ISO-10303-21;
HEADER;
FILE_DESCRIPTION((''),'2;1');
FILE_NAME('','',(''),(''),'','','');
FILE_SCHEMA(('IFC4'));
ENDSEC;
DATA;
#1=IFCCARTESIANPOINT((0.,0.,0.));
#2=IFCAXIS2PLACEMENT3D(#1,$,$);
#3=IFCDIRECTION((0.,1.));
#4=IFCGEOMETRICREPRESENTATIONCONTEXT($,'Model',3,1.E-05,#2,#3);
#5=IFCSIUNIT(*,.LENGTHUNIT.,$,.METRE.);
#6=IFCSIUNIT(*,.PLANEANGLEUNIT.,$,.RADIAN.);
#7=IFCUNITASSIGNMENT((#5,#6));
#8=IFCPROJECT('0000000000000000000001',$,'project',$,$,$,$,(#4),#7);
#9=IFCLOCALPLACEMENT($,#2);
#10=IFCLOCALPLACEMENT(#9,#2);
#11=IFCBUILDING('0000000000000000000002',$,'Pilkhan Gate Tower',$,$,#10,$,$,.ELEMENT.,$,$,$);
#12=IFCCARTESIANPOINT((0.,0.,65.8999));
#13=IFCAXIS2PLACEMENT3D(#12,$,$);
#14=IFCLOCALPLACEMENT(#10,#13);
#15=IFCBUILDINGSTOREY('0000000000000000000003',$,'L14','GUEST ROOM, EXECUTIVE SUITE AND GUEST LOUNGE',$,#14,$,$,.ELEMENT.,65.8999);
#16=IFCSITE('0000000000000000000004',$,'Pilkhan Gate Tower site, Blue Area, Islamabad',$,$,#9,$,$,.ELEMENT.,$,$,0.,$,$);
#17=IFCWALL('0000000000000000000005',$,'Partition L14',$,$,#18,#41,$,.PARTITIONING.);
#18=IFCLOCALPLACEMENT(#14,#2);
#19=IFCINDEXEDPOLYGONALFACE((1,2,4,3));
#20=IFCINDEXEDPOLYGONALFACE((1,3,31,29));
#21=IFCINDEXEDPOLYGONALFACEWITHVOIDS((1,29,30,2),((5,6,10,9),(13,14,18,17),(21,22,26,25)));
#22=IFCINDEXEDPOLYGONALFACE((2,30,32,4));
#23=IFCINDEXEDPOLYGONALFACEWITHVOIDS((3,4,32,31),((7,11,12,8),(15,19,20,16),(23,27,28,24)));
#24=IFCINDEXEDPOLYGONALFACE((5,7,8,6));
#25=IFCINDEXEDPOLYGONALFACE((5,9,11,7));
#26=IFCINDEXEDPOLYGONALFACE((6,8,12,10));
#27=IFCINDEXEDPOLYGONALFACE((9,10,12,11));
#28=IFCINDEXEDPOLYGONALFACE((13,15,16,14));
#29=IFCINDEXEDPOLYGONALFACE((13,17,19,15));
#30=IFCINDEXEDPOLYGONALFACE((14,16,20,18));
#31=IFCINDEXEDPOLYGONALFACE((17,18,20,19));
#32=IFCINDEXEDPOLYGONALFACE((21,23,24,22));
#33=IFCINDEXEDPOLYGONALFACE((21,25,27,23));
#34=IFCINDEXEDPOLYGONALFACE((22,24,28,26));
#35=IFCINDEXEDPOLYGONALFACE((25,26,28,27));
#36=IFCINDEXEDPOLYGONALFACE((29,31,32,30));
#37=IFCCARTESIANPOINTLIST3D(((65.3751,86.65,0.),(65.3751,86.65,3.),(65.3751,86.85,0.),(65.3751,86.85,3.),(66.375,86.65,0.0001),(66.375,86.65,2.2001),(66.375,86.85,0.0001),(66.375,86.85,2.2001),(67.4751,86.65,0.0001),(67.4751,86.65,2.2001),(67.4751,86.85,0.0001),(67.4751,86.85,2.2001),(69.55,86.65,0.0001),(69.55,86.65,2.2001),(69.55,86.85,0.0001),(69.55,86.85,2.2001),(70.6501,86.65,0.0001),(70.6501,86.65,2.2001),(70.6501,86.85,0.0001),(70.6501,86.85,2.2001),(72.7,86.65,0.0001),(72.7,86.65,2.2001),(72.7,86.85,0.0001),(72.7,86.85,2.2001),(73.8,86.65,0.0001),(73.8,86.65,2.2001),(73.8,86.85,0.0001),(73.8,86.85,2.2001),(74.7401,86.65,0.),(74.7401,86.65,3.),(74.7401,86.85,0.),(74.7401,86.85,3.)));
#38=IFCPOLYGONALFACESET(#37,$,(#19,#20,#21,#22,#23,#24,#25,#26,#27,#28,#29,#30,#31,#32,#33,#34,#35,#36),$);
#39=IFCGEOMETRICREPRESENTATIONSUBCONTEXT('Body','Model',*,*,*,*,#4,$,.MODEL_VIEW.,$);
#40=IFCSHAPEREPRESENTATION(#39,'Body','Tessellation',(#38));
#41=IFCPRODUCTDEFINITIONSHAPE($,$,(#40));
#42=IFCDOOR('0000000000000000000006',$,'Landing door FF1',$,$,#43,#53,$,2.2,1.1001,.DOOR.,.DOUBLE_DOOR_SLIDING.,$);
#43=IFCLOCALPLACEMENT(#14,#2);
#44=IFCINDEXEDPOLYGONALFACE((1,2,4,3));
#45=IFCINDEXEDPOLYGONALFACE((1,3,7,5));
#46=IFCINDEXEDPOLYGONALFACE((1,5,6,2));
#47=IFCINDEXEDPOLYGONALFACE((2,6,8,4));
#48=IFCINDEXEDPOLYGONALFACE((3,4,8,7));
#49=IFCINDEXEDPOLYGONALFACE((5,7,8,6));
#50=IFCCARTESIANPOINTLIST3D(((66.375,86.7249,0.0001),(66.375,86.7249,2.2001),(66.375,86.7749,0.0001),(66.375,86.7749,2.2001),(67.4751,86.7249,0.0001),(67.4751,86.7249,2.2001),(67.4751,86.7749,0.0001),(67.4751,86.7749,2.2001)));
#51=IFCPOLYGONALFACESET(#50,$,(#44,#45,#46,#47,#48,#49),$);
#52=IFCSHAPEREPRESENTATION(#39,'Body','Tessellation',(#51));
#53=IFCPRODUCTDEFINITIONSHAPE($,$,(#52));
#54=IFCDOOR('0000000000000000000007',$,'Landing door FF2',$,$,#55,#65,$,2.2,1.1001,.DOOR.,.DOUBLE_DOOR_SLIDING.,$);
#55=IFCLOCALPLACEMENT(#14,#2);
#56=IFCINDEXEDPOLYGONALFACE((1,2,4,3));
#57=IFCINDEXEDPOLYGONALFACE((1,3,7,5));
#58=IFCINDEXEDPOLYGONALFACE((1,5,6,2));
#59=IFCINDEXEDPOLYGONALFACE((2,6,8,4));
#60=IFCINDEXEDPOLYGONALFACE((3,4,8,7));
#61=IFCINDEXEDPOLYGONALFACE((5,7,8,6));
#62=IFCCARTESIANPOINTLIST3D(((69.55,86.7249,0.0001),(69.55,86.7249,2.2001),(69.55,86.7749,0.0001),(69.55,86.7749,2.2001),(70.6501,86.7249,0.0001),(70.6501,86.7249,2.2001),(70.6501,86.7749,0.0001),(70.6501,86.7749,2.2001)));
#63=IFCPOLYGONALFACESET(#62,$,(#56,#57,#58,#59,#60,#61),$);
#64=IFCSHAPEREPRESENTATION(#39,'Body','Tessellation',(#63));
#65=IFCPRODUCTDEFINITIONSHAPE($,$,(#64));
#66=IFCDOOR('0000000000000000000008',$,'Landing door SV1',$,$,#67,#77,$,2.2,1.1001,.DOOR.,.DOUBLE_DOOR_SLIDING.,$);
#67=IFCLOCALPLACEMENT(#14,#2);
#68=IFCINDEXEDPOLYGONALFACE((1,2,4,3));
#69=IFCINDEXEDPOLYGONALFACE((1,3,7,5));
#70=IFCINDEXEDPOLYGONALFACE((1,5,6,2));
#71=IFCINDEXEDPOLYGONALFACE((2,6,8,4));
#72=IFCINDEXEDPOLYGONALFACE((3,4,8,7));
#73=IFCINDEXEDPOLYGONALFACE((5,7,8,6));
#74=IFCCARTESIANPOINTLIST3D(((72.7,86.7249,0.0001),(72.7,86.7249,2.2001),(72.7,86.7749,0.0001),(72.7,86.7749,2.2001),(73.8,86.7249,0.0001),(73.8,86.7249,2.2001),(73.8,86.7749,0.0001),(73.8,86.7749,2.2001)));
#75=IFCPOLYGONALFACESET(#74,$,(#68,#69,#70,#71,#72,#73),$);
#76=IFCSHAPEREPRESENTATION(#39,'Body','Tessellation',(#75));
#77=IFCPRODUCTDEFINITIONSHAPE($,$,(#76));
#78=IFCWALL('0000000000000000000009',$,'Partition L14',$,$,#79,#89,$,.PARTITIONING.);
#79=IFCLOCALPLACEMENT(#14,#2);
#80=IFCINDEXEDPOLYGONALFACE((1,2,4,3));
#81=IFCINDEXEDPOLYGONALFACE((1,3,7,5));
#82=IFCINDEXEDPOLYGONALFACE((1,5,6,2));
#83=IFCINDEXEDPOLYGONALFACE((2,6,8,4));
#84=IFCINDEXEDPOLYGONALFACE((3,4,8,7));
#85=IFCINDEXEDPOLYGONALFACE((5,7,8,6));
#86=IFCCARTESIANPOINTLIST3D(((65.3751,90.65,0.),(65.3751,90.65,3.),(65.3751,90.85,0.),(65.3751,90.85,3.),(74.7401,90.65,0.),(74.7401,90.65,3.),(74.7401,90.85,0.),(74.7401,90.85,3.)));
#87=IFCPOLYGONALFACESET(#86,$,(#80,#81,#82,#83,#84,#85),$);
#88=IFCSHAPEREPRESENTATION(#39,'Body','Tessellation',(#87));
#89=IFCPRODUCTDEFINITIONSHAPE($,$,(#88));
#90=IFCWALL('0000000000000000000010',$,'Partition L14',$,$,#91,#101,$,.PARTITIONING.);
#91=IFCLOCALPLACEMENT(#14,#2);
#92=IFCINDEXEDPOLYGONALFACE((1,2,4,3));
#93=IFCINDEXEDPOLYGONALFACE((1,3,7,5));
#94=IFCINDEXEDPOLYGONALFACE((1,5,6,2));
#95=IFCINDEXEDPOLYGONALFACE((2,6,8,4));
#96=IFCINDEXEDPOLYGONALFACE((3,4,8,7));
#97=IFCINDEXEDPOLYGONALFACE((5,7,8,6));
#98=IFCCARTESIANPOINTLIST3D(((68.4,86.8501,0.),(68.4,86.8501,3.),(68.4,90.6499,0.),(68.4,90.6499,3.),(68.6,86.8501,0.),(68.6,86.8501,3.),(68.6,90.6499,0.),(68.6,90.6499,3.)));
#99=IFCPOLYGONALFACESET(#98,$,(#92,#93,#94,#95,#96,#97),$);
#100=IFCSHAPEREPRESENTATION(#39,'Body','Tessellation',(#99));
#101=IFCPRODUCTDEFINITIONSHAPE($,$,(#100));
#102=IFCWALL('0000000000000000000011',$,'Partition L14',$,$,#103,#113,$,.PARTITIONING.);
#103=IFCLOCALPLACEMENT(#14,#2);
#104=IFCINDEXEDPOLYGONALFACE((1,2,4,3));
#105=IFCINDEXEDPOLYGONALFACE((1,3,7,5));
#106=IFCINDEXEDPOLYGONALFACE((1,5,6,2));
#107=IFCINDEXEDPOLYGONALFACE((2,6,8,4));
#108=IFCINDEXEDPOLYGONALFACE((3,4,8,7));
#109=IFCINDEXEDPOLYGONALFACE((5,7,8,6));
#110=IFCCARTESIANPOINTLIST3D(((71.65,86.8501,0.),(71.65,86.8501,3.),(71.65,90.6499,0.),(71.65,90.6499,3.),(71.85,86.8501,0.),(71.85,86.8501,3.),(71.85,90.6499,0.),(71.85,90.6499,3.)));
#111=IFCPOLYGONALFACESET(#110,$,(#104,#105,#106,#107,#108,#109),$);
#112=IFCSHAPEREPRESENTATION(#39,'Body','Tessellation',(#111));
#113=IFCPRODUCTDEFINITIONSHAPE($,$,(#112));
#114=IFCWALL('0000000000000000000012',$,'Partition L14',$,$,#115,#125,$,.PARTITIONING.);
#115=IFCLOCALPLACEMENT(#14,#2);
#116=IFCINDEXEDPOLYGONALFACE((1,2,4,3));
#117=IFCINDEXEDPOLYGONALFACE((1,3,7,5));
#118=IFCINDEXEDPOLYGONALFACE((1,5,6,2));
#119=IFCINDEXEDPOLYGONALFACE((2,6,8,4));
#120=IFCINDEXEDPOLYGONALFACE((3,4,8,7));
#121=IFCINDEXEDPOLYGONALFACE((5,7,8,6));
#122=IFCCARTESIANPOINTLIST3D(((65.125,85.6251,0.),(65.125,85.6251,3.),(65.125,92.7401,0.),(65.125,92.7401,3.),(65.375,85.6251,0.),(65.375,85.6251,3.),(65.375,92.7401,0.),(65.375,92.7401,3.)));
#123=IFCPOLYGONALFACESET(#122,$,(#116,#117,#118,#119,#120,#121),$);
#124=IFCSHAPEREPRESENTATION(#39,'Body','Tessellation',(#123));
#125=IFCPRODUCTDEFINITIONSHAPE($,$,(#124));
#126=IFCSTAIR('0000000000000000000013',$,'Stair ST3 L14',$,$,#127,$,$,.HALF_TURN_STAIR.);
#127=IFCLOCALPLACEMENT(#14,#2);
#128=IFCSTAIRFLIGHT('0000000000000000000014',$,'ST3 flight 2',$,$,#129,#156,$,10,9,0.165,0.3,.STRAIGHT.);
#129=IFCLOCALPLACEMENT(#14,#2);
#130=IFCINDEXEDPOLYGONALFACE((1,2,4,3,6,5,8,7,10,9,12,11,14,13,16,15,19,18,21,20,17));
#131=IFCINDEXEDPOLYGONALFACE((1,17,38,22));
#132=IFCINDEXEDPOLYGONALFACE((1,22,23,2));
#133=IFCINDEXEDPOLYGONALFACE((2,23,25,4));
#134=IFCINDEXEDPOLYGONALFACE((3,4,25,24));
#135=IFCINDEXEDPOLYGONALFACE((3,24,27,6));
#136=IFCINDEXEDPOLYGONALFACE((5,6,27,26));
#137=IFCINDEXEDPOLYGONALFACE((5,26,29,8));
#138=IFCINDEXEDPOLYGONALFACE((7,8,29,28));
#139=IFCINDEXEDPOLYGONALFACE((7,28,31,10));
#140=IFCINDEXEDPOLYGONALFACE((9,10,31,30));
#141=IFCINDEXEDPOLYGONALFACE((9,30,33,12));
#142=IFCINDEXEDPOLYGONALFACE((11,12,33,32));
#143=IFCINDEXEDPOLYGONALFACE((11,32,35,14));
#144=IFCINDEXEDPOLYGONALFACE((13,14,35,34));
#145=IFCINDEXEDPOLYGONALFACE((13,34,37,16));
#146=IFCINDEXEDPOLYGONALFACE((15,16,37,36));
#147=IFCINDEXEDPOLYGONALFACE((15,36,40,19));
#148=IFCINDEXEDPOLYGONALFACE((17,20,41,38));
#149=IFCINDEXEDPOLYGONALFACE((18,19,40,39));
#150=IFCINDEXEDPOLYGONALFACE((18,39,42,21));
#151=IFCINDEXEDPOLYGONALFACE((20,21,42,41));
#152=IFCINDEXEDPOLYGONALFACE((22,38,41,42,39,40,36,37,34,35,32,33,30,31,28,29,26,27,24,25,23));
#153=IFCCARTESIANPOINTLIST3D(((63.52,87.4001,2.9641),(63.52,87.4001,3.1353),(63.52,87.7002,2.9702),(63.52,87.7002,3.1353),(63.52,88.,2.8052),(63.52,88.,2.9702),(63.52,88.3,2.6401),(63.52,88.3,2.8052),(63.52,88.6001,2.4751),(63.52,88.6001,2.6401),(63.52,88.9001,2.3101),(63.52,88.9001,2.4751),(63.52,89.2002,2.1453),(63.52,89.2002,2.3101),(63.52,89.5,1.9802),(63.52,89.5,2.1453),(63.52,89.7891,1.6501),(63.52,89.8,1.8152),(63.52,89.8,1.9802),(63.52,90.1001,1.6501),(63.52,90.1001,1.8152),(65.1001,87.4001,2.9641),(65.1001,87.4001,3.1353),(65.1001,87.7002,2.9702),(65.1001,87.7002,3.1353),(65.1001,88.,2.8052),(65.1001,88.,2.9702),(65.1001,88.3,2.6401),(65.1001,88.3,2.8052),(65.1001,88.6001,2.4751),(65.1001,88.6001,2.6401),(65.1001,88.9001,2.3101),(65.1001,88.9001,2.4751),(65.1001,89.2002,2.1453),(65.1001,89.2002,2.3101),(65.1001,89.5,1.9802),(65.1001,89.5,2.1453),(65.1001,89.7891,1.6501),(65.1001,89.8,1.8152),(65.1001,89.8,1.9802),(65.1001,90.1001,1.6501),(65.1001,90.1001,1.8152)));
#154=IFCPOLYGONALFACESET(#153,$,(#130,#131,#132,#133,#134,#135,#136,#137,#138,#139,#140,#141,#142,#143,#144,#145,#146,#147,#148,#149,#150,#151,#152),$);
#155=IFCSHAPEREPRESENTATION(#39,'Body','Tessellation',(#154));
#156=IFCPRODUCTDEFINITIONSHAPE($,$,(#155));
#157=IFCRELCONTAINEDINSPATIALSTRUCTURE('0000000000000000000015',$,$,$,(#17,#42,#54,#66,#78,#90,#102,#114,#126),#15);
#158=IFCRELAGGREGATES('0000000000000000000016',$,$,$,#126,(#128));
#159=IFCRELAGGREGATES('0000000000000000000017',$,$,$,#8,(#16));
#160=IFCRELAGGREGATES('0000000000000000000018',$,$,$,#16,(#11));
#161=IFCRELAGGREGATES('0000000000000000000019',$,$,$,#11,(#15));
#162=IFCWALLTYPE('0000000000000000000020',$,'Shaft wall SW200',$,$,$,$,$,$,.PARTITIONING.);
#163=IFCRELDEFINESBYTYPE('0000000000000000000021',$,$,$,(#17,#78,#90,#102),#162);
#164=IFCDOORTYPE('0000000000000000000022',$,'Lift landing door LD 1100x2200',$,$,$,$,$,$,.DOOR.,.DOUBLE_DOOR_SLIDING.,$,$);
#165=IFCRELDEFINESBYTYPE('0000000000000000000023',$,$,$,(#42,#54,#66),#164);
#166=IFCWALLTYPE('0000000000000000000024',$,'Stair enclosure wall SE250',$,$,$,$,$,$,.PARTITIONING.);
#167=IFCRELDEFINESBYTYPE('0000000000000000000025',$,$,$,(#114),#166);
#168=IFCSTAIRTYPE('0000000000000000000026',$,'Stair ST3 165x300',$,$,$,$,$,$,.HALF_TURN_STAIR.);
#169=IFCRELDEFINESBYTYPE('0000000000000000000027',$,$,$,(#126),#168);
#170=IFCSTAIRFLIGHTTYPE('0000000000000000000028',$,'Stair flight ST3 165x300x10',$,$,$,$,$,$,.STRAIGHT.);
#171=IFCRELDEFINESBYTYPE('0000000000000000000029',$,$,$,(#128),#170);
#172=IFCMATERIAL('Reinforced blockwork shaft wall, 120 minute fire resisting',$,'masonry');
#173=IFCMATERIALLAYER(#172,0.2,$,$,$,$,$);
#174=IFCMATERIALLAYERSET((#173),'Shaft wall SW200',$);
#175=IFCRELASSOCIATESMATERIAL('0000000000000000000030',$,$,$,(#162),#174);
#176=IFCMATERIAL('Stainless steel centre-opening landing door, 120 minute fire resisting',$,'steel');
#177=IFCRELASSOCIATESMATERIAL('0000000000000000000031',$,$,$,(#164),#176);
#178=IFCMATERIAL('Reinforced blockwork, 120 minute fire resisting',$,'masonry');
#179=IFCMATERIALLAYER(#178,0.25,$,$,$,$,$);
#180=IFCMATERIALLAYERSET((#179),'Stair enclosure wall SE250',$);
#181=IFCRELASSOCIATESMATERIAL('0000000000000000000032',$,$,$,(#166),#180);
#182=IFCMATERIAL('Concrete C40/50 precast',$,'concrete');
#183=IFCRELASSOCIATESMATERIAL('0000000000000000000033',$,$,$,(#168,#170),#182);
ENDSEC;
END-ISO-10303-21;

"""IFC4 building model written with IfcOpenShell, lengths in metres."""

from ifc_helpers import new_model, si_unit, direction, frame, frame_2d, origin, place, context, subcontext, project, spatial, polyline, rectangle, outline, extrude, material, layer, layer_set, type_object, element, fill, aggregate, save


model = new_model("IFC4")

# Units and contexts
model_context = context("Model", 3, precision=1e-05, world=origin(), true_north=direction((0.0, 1.0)))
body_context = subcontext(model_context, "Body", "Model", "MODEL_VIEW")
ifc_project = project(units=[si_unit("LENGTHUNIT", "METRE"), si_unit("PLANEANGLEUNIT", "RADIAN")], contexts=[model_context])

# Site, building, storey
site_placement = place(None, origin())
site = spatial("IfcSite", under=ifc_project, at=site_placement, Name="Pilkhan Gate Tower site, Blue Area, Islamabad", CompositionType="ELEMENT", RefElevation=0.0)
building_placement = place(site_placement, origin())
building = spatial("IfcBuilding", under=site, at=building_placement, Name="Pilkhan Gate Tower", CompositionType="ELEMENT")
storey_placement = place(building_placement, frame((0.0, 0.0, 65.8999)))
storey = spatial("IfcBuildingStorey", under=building, at=storey_placement, Name="L14", Description="GUEST ROOM, EXECUTIVE SUITE AND GUEST LOUNGE", CompositionType="ELEMENT", Elevation=65.8999)

# Wall, openings, doors
ifc_material_1 = material(Name="Reinforced blockwork shaft wall, 120 minute fire resisting", Category="masonry")
ifc_layer_1 = layer(ifc_material_1, 0.2)
ifc_layer_set_1 = layer_set([ifc_layer_1], Name="Shaft wall SW200")
wall_type_1 = type_object("IfcWallType", Name="Shaft wall SW200", PredefinedType="PARTITIONING", material=ifc_layer_set_1)
wall_1_placement = place(storey_placement, frame((65.375, 86.75, 0.0), z_axis=(0.0, 0.0, 1.0), x_axis=(1.0, 0.0, 0.0)))
wall_1 = element("IfcWall", 1, at=wall_1_placement, inside=storey, type_object=wall_type_1, Name="Partition L14", PredefinedType="PARTITIONING", context=body_context, shape_type="SweptSolid", body=[
    extrude(rectangle(XDim=9.365, YDim=0.2, at=frame_2d((4.6826, 0.0))), origin(), (0.0, 0.0, 1.0), 3.0),
])
opening_1_placement = place(wall_1_placement, frame((1.0, 0.0, 0.0)))
opening_1 = element("IfcOpeningElement", 2, at=opening_1_placement, cuts=wall_1, PredefinedType="OPENING", context=body_context, shape_type="SweptSolid", body=[
    extrude(rectangle(XDim=1.1001, YDim=2.2, at=frame_2d((0.55, 1.1001))), frame((0.0, 0.1099, 0.0), z_axis=(0.0, -1.0, 0.0), x_axis=(1.0, 0.0, 0.0)), (0.0, 0.0, 1.0), 0.22),
])
opening_2_placement = place(wall_1_placement, frame((4.175, 0.0, 0.0)))
opening_2 = element("IfcOpeningElement", 3, at=opening_2_placement, cuts=wall_1, PredefinedType="OPENING", context=body_context, shape_type="SweptSolid", body=[
    extrude(rectangle(XDim=1.1001, YDim=2.2, at=frame_2d((0.55, 1.1001))), frame((0.0, 0.1099, 0.0), z_axis=(0.0, -1.0, 0.0), x_axis=(1.0, 0.0, 0.0)), (0.0, 0.0, 1.0), 0.22),
])
opening_3_placement = place(wall_1_placement, frame((7.325, 0.0, 0.0)))
opening_3 = element("IfcOpeningElement", 4, at=opening_3_placement, cuts=wall_1, PredefinedType="OPENING", context=body_context, shape_type="SweptSolid", body=[
    extrude(rectangle(XDim=1.1001, YDim=2.2, at=frame_2d((0.55, 1.1001))), frame((0.0, 0.1099, 0.0), z_axis=(0.0, -1.0, 0.0), x_axis=(1.0, 0.0, 0.0)), (0.0, 0.0, 1.0), 0.22),
])
ifc_material_2 = material(Name="Stainless steel centre-opening landing door, 120 minute fire resisting", Category="steel")
door_type = type_object("IfcDoorType", Name="Lift landing door LD 1100x2200", OperationType="DOUBLE_DOOR_SLIDING", PredefinedType="DOOR", material=ifc_material_2)
door_1_placement = place(opening_1_placement, origin())
door_1 = element("IfcDoor", 5, at=door_1_placement, inside=storey, type_object=door_type, Name="Landing door FF1", OperationType="DOUBLE_DOOR_SLIDING", OverallHeight=2.2, OverallWidth=1.1001, PredefinedType="DOOR", context=body_context, shape_type="SweptSolid", body=[
    extrude(rectangle(XDim=1.1001, YDim=2.2, at=frame_2d((0.55, 1.1001))), frame((0.0, 0.0249, 0.0), z_axis=(0.0, -1.0, 0.0), x_axis=(1.0, 0.0, 0.0)), (0.0, 0.0, 1.0), 0.05),
])
fill(opening_1, door_1)
door_2_placement = place(opening_2_placement, origin())
door_2 = element("IfcDoor", 6, at=door_2_placement, inside=storey, type_object=door_type, Name="Landing door FF2", OperationType="DOUBLE_DOOR_SLIDING", OverallHeight=2.2, OverallWidth=1.1001, PredefinedType="DOOR", context=body_context, shape_type="SweptSolid", body=[
    extrude(rectangle(XDim=1.1001, YDim=2.2, at=frame_2d((0.55, 1.1001))), frame((0.0, 0.0249, 0.0), z_axis=(0.0, -1.0, 0.0), x_axis=(1.0, 0.0, 0.0)), (0.0, 0.0, 1.0), 0.05),
])
fill(opening_2, door_2)
door_3_placement = place(opening_3_placement, origin())
door_3 = element("IfcDoor", 7, at=door_3_placement, inside=storey, type_object=door_type, Name="Landing door SV1", OperationType="DOUBLE_DOOR_SLIDING", OverallHeight=2.2, OverallWidth=1.1001, PredefinedType="DOOR", context=body_context, shape_type="SweptSolid", body=[
    extrude(rectangle(XDim=1.1001, YDim=2.2, at=frame_2d((0.55, 1.1001))), frame((0.0, 0.0249, 0.0), z_axis=(0.0, -1.0, 0.0), x_axis=(1.0, 0.0, 0.0)), (0.0, 0.0, 1.0), 0.05),
])
fill(opening_3, door_3)

# Walls
wall_2_placement = place(storey_placement, frame((65.375, 90.75, 0.0), z_axis=(0.0, 0.0, 1.0), x_axis=(1.0, 0.0, 0.0)))
element("IfcWall", 8, at=wall_2_placement, inside=storey, type_object=wall_type_1, Name="Partition L14", PredefinedType="PARTITIONING", context=body_context, shape_type="SweptSolid", body=[
    extrude(rectangle(XDim=9.365, YDim=0.2, at=frame_2d((4.6826, 0.0))), origin(), (0.0, 0.0, 1.0), 3.0),
])
for number, where, z_axis, x_axis, name in (
    (9, (68.5, 86.8501, 0.0), (0.0, 0.0, 1.0), (0.0, 1.0, 0.0), "Partition L14"),
    (10, (71.75, 86.8501, 0.0), (0.0, 0.0, 1.0), (0.0, 1.0, 0.0), "Partition L14"),
):
    element("IfcWall", number, at=place(storey_placement, frame(where, z_axis=z_axis, x_axis=x_axis)), inside=storey, type_object=wall_type_1, Name=name, PredefinedType="PARTITIONING", context=body_context, shape_type="SweptSolid", body=[
        extrude(rectangle(XDim=3.7998, YDim=0.2, at=frame_2d((1.8999, 0.0))), origin(), (0.0, 0.0, 1.0), 3.0),
    ])
ifc_material_3 = material(Name="Reinforced blockwork, 120 minute fire resisting", Category="masonry")
ifc_layer_2 = layer(ifc_material_3, 0.25)
ifc_layer_set_2 = layer_set([ifc_layer_2], Name="Stair enclosure wall SE250")
wall_type_2 = type_object("IfcWallType", Name="Stair enclosure wall SE250", PredefinedType="PARTITIONING", material=ifc_layer_set_2)
wall_3_placement = place(storey_placement, frame((65.25, 85.625, 0.0), z_axis=(0.0, 0.0, 1.0), x_axis=(0.0, 1.0, 0.0)))
element("IfcWall", 11, at=wall_3_placement, inside=storey, type_object=wall_type_2, Name="Partition L14", PredefinedType="PARTITIONING", context=body_context, shape_type="SweptSolid", body=[
    extrude(rectangle(XDim=7.115, YDim=0.25, at=frame_2d((3.5576, 0.0))), origin(), (0.0, 0.0, 1.0), 3.0),
])

# Stair, stair flight
ifc_material_4 = material(Name="Concrete C40/50 precast", Category="concrete")
stair_type = type_object("IfcStairType", Name="Stair ST3 165x300", PredefinedType="HALF_TURN_STAIR", material=ifc_material_4)
stair_placement = place(storey_placement, origin())
stair = element("IfcStair", 12, at=stair_placement, inside=storey, type_object=stair_type, Name="Stair ST3 L14", PredefinedType="HALF_TURN_STAIR")
stair_flight_type = type_object("IfcStairFlightType", Name="Stair flight ST3 165x300x10", PredefinedType="STRAIGHT", material=ifc_material_4)
stair_flight_placement = place(storey_placement, frame((64.3101, 90.1001, 1.6501), z_axis=(0.0, 0.0, 1.0), x_axis=(0.0, -1.0, 0.0)))
stair_flight = element("IfcStairFlight", 13, at=stair_flight_placement, type_object=stair_flight_type, Name="ST3 flight 2", NumberOfRisers=10, NumberOfTreads=9, PredefinedType="STRAIGHT", RiserHeight=0.165, TreadLength=0.3, context=body_context, shape_type="SweptSolid", body=[
    extrude(outline(polyline([(0.0, 0.0), (0.0, 0.165), (0.3, 0.165), (0.3, 0.3301), (0.6001, 0.3301), (0.6001, 0.4951), (0.8999, 0.4951), (0.8999, 0.6599), (1.2, 0.6599), (1.2, 0.825), (1.5, 0.825), (1.5, 0.99), (1.8, 0.99), (1.8, 1.155), (2.1001, 1.155), (2.1001, 1.3201), (2.3999, 1.3201), (2.3999, 1.4851), (2.7, 1.4851), (2.7, 1.6499), (2.7, 1.314), (0.311, 0.0), (0.0, 0.0)])), frame((0.0, 0.79, 0.0), z_axis=(0.0, -1.0, 0.0), x_axis=(1.0, 0.0, 0.0)), (0.0, 0.0, 1.0), 1.5801),
])
aggregate(stair, [stair_flight])

save(model, "model.ifc")
